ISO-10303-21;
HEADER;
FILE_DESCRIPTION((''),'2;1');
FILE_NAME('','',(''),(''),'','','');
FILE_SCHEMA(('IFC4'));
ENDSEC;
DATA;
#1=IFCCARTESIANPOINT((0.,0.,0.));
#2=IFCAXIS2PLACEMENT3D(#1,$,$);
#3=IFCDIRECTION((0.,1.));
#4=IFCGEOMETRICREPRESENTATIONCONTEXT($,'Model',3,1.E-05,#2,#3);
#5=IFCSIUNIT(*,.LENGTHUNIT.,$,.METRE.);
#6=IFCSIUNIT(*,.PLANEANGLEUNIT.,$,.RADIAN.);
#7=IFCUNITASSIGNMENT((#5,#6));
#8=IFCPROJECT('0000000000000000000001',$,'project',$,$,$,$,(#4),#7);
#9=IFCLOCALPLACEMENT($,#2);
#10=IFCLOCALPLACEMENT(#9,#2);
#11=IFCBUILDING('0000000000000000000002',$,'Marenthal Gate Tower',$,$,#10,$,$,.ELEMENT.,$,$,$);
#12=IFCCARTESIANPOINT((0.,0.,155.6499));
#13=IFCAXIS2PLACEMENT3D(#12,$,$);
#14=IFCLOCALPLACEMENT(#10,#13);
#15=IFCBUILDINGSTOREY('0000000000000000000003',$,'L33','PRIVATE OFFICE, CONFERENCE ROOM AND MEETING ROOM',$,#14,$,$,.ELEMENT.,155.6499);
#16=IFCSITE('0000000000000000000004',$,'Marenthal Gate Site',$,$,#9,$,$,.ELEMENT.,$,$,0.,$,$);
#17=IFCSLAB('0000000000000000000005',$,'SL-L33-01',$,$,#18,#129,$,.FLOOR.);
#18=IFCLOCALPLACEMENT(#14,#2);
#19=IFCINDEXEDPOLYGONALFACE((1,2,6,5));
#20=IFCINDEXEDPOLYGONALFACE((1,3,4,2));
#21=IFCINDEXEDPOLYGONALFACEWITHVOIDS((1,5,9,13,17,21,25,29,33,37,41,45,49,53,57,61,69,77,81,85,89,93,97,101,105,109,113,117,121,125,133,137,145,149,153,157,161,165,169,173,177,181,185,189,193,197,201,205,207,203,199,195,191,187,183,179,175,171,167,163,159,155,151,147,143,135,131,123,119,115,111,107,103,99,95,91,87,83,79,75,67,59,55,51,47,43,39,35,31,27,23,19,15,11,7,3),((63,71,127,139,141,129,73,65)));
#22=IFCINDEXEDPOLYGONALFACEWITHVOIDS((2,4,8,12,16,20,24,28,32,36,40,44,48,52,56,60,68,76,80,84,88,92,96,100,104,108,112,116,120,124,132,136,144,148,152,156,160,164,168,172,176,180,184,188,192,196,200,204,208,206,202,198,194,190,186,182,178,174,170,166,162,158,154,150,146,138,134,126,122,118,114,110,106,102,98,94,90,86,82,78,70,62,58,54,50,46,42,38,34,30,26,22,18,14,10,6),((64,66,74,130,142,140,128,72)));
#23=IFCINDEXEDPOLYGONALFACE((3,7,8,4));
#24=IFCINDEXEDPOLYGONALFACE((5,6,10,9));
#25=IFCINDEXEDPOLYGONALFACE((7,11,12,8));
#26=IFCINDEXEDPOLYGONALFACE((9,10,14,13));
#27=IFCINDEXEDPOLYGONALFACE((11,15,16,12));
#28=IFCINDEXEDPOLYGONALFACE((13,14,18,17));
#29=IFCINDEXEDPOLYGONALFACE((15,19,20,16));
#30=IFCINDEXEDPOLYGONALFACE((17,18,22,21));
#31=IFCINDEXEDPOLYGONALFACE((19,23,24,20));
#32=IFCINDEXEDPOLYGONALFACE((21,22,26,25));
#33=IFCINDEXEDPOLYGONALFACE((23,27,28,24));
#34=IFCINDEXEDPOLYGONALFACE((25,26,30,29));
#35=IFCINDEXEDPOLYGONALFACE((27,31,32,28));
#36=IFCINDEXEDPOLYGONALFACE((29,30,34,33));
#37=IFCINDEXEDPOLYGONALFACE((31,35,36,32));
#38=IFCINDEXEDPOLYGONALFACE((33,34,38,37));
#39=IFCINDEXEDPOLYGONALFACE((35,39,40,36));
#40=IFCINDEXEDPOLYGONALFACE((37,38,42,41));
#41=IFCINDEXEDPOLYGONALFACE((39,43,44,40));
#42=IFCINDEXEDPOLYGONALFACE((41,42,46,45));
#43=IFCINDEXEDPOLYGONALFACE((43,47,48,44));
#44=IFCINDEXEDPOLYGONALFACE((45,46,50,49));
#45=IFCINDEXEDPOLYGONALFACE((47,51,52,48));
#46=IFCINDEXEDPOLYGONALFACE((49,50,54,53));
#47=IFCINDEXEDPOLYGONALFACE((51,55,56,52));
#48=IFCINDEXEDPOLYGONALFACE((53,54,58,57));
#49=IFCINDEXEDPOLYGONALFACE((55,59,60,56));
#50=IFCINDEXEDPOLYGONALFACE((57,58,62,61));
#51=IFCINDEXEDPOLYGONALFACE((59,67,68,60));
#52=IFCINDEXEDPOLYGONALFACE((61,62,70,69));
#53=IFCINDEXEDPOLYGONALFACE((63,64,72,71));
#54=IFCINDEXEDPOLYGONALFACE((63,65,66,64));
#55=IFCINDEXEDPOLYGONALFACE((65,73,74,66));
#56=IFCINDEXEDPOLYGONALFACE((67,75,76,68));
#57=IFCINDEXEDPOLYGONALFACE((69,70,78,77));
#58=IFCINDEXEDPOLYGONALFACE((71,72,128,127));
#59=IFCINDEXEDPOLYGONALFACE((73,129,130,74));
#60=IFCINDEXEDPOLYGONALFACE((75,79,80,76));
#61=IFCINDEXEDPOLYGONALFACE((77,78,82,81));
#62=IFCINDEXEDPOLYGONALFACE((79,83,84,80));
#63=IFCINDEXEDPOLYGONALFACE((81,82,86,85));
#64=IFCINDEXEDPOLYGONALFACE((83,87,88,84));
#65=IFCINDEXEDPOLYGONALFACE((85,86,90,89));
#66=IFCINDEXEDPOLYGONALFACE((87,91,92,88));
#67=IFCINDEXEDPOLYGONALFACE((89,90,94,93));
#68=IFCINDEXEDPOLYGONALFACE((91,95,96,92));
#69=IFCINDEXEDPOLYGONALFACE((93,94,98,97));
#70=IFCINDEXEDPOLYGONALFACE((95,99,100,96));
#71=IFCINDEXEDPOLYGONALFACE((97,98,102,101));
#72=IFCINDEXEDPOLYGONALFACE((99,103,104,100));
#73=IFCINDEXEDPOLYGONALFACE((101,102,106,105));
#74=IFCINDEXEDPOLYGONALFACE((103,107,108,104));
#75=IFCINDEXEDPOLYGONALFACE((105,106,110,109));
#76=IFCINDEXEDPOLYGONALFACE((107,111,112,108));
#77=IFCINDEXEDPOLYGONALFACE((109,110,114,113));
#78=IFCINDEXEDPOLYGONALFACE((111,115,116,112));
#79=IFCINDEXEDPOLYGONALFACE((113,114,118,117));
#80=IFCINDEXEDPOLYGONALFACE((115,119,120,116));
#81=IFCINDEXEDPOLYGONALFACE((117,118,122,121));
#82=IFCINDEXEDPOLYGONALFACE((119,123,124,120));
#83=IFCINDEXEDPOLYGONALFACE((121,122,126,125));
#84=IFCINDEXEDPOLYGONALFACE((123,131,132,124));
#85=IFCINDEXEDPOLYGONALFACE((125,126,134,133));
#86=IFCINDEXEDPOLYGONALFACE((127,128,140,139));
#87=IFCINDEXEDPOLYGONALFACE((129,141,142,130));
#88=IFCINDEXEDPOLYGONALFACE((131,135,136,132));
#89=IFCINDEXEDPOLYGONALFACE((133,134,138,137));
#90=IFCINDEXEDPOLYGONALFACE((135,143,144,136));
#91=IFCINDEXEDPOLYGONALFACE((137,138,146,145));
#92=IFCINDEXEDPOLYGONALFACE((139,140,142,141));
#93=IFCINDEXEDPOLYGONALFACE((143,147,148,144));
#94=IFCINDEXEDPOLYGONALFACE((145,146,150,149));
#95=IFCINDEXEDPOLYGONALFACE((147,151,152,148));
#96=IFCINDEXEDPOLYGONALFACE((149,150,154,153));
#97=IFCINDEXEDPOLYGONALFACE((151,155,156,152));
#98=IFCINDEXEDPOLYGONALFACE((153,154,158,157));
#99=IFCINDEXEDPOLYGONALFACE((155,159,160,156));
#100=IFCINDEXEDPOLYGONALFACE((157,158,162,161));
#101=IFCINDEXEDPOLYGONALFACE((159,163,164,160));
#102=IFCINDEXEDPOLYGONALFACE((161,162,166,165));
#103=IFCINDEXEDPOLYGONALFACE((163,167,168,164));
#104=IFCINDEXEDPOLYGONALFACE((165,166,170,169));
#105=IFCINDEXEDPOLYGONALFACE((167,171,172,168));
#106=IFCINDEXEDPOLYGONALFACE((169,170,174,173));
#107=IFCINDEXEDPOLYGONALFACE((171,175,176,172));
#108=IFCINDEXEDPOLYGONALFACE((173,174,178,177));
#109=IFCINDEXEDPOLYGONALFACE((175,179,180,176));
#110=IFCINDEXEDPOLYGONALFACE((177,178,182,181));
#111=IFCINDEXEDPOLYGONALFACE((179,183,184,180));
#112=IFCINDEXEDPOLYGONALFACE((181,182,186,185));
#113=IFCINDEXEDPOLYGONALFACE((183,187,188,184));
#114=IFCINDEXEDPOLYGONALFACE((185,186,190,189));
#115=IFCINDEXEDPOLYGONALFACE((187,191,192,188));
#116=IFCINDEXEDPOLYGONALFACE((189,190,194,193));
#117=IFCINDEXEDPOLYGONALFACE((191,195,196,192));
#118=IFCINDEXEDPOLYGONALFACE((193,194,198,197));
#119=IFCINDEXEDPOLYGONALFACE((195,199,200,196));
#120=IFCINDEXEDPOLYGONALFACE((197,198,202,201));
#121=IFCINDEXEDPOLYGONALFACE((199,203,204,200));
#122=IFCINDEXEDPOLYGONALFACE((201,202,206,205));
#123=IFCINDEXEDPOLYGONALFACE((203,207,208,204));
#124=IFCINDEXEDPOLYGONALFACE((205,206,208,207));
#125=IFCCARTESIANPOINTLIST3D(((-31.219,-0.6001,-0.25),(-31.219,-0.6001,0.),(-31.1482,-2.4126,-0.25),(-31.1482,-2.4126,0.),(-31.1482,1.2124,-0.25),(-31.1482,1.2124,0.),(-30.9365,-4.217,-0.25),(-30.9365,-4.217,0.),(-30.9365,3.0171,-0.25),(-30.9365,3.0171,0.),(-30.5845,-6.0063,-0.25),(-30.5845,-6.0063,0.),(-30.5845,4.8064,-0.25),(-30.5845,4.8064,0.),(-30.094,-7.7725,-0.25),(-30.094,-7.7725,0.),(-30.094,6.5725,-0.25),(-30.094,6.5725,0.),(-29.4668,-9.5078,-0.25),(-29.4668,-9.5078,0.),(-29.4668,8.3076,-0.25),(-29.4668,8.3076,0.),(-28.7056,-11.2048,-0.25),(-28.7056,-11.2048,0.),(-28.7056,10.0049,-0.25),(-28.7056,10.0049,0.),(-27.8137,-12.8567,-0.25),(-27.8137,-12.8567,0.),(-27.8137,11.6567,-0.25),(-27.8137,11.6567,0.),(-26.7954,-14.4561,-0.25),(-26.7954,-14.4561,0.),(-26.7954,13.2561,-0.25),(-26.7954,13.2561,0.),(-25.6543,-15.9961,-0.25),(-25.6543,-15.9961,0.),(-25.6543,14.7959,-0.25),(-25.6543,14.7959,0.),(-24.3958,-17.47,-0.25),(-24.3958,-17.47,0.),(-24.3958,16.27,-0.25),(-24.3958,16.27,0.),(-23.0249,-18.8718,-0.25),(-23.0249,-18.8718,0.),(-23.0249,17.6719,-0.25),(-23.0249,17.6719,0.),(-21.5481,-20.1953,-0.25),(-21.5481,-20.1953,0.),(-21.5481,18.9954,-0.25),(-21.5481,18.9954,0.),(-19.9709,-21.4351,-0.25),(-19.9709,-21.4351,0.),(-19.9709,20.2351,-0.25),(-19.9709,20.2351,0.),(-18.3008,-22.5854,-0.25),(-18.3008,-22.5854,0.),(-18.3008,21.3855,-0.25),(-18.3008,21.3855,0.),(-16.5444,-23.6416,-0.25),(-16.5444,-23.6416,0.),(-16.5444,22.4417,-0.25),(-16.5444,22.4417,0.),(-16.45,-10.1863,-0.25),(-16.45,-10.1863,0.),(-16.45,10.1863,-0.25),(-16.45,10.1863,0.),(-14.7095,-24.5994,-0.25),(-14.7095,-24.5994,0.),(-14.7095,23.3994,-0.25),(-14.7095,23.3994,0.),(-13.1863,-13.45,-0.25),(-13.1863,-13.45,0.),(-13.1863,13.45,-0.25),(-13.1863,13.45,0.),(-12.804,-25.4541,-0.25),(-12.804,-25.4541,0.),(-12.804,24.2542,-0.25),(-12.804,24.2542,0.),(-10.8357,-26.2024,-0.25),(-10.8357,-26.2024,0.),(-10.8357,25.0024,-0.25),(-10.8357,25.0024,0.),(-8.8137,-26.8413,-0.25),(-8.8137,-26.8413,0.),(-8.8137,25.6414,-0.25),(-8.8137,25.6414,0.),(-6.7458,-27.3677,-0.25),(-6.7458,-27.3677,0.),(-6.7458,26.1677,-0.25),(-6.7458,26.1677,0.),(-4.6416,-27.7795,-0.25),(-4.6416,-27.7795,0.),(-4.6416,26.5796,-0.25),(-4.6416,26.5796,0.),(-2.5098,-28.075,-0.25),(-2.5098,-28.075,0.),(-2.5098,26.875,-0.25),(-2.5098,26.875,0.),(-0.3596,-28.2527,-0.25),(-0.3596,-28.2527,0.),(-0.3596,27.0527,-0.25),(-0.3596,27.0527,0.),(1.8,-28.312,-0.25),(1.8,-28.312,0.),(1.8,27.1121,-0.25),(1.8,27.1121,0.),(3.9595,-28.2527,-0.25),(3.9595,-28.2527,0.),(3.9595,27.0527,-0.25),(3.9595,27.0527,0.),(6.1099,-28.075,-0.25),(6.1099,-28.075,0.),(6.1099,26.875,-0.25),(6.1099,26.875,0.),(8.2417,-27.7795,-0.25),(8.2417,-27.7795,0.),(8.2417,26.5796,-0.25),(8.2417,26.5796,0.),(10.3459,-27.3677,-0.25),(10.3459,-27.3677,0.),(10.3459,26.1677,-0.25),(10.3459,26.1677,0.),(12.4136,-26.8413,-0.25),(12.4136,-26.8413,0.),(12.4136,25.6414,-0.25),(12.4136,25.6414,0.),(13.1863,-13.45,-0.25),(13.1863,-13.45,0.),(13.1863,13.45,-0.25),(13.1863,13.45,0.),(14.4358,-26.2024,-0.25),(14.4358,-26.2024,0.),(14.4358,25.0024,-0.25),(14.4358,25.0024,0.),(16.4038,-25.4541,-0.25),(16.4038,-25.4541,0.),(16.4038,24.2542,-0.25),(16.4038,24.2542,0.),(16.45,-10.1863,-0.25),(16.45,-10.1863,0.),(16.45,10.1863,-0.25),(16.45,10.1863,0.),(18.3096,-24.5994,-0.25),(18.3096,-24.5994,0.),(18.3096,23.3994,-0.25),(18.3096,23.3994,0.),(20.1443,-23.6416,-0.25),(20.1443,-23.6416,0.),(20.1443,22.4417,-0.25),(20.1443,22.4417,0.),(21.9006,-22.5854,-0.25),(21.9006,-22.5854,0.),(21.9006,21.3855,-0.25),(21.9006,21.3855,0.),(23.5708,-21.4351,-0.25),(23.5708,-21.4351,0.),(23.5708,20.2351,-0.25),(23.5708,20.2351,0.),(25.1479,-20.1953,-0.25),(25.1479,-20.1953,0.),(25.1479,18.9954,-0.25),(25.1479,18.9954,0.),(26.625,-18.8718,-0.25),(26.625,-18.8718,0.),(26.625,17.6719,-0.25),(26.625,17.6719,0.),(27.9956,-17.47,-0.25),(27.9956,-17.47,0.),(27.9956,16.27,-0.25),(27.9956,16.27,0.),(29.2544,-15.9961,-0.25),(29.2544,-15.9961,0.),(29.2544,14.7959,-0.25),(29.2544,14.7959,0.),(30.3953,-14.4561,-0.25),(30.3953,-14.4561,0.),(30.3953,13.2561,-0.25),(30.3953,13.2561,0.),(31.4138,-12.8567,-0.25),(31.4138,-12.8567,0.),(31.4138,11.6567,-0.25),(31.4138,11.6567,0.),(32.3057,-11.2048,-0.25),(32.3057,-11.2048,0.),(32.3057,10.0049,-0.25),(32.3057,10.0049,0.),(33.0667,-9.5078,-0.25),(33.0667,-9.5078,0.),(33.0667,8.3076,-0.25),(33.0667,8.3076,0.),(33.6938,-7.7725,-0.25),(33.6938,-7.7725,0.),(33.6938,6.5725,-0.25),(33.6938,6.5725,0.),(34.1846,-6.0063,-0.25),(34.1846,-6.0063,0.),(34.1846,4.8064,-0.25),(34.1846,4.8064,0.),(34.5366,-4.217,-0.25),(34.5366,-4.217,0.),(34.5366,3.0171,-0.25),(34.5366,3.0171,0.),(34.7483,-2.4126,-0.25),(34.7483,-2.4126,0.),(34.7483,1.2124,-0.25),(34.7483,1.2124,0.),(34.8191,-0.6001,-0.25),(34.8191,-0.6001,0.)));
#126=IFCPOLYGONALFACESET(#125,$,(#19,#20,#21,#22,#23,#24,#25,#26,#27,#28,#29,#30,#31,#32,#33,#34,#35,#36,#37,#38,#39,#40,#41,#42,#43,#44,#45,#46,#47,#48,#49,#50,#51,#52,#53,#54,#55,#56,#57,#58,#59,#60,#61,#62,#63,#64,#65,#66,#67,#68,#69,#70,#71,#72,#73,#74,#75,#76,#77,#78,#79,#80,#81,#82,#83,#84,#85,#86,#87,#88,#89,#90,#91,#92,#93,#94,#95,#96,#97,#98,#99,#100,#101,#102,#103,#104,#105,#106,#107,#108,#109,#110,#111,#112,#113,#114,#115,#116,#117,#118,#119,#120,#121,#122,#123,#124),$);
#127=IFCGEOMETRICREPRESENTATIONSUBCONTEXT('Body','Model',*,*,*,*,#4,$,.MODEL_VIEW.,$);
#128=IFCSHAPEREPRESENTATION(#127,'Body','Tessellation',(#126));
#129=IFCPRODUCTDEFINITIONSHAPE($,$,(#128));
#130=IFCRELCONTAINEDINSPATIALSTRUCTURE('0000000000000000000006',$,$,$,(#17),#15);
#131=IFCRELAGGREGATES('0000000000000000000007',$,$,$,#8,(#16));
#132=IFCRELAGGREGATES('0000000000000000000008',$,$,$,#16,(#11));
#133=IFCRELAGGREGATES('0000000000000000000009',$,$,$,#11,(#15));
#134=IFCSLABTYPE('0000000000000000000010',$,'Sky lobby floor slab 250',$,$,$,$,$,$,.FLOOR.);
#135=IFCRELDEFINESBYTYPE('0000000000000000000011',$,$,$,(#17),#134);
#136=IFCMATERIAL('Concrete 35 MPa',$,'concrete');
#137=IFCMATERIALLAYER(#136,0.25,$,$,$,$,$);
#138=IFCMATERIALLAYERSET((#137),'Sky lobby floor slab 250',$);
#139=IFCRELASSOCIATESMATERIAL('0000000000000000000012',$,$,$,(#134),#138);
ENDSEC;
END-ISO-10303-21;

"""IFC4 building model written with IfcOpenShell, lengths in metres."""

from ifc_helpers import new_model, si_unit, direction, frame, origin, place, context, subcontext, project, spatial, polyline, outline, extrude, material, layer, layer_set, type_object, element, save


model = new_model("IFC4")

# Units and contexts
model_context = context("Model", 3, precision=1e-05, world=origin(), true_north=direction((0.0, 1.0)))
body_context = subcontext(model_context, "Body", "Model", "MODEL_VIEW")
ifc_project = project(units=[si_unit("LENGTHUNIT", "METRE"), si_unit("PLANEANGLEUNIT", "RADIAN")], contexts=[model_context])

# Site, building, storey
site_placement = place(None, origin())
site = spatial("IfcSite", under=ifc_project, at=site_placement, Name="Marenthal Gate Site", CompositionType="ELEMENT", RefElevation=0.0)
building_placement = place(site_placement, origin())
building = spatial("IfcBuilding", under=site, at=building_placement, Name="Marenthal Gate Tower", CompositionType="ELEMENT")
storey_placement = place(building_placement, frame((0.0, 0.0, 155.6499)))
storey = spatial("IfcBuildingStorey", under=building, at=storey_placement, Name="L33", Description="PRIVATE OFFICE, CONFERENCE ROOM AND MEETING ROOM", CompositionType="ELEMENT", Elevation=155.6499)

# Slab
ifc_material_1 = material(Name="Concrete 35 MPa", Category="concrete")
ifc_layer_1 = layer(ifc_material_1, 0.25)
ifc_layer_set_1 = layer_set([ifc_layer_1], Name="Sky lobby floor slab 250")
slab_type = type_object("IfcSlabType", Name="Sky lobby floor slab 250", PredefinedType="FLOOR", material=ifc_layer_set_1)
slab_placement = place(storey_placement, frame((0.0, 0.0, -0.25)))
element("IfcSlab", 1, at=slab_placement, inside=storey, type_object=slab_type, Name="SL-L33-01", PredefinedType="FLOOR", context=body_context, shape_type="SweptSolid", body=[
    extrude(outline(polyline([(34.8191, -0.6001), (34.7483, 1.2124), (34.5366, 3.0171), (34.1846, 4.8064), (33.6938, 6.5725), (33.0667, 8.3076), (32.3057, 10.0049), (31.4138, 11.6567), (30.3953, 13.2561), (29.2544, 14.7959), (27.9956, 16.27), (26.625, 17.6719), (25.1479, 18.9954), (23.5708, 20.2351), (21.9006, 21.3855), (20.1443, 22.4417), (18.3096, 23.3994), (16.4038, 24.2542), (14.4358, 25.0024), (12.4136, 25.6414), (10.3459, 26.1677), (8.2417, 26.5796), (6.1099, 26.875), (3.9595, 27.0527), (1.8, 27.1121), (-0.3596, 27.0527), (-2.5098, 26.875), (-4.6416, 26.5796), (-6.7458, 26.1677), (-8.8137, 25.6414), (-10.8357, 25.0024), (-12.804, 24.2542), (-14.7095, 23.3994), (-16.5444, 22.4417), (-18.3008, 21.3855), (-19.9709, 20.2351), (-21.5481, 18.9954), (-23.0249, 17.6719), (-24.3958, 16.27), (-25.6543, 14.7959), (-26.7954, 13.2561), (-27.8137, 11.6567), (-28.7056, 10.0049), (-29.4668, 8.3076), (-30.094, 6.5725), (-30.5845, 4.8064), (-30.9365, 3.0171), (-31.1482, 1.2124), (-31.219, -0.6001), (-31.1482, -2.4126), (-30.9365, -4.217), (-30.5845, -6.0063), (-30.094, -7.7725), (-29.4668, -9.5078), (-28.7056, -11.2048), (-27.8137, -12.8567), (-26.7954, -14.4561), (-25.6543, -15.9961), (-24.3958, -17.47), (-23.0249, -18.8718), (-21.5481, -20.1953), (-19.9709, -21.4351), (-18.3008, -22.5854), (-16.5444, -23.6416), (-14.7095, -24.5994), (-12.804, -25.4541), (-10.8357, -26.2024), (-8.8137, -26.8413), (-6.7458, -27.3677), (-4.6416, -27.7795), (-2.5098, -28.075), (-0.3596, -28.2527), (1.8, -28.312), (3.9595, -28.2527), (6.1099, -28.075), (8.2417, -27.7795), (10.3459, -27.3677), (12.4136, -26.8413), (14.4358, -26.2024), (16.4038, -25.4541), (18.3096, -24.5994), (20.1443, -23.6416), (21.9006, -22.5854), (23.5708, -21.4351), (25.1479, -20.1953), (26.625, -18.8718), (27.9956, -17.47), (29.2544, -15.9961), (30.3953, -14.4561), (31.4138, -12.8567), (32.3057, -11.2048), (33.0667, -9.5078), (33.6938, -7.7725), (34.1846, -6.0063), (34.5366, -4.217), (34.7483, -2.4126), (34.8191, -0.6001)]), holes=[polyline([(13.1863, -13.45), (16.45, -10.1863), (16.45, 10.1863), (13.1863, 13.45), (-13.1863, 13.45), (-16.45, 10.1863), (-16.45, -10.1863), (-13.1863, -13.45), (13.1863, -13.45)])]), origin(), (0.0, 0.0, 1.0), 0.25),
])

save(model, "model.ifc")
